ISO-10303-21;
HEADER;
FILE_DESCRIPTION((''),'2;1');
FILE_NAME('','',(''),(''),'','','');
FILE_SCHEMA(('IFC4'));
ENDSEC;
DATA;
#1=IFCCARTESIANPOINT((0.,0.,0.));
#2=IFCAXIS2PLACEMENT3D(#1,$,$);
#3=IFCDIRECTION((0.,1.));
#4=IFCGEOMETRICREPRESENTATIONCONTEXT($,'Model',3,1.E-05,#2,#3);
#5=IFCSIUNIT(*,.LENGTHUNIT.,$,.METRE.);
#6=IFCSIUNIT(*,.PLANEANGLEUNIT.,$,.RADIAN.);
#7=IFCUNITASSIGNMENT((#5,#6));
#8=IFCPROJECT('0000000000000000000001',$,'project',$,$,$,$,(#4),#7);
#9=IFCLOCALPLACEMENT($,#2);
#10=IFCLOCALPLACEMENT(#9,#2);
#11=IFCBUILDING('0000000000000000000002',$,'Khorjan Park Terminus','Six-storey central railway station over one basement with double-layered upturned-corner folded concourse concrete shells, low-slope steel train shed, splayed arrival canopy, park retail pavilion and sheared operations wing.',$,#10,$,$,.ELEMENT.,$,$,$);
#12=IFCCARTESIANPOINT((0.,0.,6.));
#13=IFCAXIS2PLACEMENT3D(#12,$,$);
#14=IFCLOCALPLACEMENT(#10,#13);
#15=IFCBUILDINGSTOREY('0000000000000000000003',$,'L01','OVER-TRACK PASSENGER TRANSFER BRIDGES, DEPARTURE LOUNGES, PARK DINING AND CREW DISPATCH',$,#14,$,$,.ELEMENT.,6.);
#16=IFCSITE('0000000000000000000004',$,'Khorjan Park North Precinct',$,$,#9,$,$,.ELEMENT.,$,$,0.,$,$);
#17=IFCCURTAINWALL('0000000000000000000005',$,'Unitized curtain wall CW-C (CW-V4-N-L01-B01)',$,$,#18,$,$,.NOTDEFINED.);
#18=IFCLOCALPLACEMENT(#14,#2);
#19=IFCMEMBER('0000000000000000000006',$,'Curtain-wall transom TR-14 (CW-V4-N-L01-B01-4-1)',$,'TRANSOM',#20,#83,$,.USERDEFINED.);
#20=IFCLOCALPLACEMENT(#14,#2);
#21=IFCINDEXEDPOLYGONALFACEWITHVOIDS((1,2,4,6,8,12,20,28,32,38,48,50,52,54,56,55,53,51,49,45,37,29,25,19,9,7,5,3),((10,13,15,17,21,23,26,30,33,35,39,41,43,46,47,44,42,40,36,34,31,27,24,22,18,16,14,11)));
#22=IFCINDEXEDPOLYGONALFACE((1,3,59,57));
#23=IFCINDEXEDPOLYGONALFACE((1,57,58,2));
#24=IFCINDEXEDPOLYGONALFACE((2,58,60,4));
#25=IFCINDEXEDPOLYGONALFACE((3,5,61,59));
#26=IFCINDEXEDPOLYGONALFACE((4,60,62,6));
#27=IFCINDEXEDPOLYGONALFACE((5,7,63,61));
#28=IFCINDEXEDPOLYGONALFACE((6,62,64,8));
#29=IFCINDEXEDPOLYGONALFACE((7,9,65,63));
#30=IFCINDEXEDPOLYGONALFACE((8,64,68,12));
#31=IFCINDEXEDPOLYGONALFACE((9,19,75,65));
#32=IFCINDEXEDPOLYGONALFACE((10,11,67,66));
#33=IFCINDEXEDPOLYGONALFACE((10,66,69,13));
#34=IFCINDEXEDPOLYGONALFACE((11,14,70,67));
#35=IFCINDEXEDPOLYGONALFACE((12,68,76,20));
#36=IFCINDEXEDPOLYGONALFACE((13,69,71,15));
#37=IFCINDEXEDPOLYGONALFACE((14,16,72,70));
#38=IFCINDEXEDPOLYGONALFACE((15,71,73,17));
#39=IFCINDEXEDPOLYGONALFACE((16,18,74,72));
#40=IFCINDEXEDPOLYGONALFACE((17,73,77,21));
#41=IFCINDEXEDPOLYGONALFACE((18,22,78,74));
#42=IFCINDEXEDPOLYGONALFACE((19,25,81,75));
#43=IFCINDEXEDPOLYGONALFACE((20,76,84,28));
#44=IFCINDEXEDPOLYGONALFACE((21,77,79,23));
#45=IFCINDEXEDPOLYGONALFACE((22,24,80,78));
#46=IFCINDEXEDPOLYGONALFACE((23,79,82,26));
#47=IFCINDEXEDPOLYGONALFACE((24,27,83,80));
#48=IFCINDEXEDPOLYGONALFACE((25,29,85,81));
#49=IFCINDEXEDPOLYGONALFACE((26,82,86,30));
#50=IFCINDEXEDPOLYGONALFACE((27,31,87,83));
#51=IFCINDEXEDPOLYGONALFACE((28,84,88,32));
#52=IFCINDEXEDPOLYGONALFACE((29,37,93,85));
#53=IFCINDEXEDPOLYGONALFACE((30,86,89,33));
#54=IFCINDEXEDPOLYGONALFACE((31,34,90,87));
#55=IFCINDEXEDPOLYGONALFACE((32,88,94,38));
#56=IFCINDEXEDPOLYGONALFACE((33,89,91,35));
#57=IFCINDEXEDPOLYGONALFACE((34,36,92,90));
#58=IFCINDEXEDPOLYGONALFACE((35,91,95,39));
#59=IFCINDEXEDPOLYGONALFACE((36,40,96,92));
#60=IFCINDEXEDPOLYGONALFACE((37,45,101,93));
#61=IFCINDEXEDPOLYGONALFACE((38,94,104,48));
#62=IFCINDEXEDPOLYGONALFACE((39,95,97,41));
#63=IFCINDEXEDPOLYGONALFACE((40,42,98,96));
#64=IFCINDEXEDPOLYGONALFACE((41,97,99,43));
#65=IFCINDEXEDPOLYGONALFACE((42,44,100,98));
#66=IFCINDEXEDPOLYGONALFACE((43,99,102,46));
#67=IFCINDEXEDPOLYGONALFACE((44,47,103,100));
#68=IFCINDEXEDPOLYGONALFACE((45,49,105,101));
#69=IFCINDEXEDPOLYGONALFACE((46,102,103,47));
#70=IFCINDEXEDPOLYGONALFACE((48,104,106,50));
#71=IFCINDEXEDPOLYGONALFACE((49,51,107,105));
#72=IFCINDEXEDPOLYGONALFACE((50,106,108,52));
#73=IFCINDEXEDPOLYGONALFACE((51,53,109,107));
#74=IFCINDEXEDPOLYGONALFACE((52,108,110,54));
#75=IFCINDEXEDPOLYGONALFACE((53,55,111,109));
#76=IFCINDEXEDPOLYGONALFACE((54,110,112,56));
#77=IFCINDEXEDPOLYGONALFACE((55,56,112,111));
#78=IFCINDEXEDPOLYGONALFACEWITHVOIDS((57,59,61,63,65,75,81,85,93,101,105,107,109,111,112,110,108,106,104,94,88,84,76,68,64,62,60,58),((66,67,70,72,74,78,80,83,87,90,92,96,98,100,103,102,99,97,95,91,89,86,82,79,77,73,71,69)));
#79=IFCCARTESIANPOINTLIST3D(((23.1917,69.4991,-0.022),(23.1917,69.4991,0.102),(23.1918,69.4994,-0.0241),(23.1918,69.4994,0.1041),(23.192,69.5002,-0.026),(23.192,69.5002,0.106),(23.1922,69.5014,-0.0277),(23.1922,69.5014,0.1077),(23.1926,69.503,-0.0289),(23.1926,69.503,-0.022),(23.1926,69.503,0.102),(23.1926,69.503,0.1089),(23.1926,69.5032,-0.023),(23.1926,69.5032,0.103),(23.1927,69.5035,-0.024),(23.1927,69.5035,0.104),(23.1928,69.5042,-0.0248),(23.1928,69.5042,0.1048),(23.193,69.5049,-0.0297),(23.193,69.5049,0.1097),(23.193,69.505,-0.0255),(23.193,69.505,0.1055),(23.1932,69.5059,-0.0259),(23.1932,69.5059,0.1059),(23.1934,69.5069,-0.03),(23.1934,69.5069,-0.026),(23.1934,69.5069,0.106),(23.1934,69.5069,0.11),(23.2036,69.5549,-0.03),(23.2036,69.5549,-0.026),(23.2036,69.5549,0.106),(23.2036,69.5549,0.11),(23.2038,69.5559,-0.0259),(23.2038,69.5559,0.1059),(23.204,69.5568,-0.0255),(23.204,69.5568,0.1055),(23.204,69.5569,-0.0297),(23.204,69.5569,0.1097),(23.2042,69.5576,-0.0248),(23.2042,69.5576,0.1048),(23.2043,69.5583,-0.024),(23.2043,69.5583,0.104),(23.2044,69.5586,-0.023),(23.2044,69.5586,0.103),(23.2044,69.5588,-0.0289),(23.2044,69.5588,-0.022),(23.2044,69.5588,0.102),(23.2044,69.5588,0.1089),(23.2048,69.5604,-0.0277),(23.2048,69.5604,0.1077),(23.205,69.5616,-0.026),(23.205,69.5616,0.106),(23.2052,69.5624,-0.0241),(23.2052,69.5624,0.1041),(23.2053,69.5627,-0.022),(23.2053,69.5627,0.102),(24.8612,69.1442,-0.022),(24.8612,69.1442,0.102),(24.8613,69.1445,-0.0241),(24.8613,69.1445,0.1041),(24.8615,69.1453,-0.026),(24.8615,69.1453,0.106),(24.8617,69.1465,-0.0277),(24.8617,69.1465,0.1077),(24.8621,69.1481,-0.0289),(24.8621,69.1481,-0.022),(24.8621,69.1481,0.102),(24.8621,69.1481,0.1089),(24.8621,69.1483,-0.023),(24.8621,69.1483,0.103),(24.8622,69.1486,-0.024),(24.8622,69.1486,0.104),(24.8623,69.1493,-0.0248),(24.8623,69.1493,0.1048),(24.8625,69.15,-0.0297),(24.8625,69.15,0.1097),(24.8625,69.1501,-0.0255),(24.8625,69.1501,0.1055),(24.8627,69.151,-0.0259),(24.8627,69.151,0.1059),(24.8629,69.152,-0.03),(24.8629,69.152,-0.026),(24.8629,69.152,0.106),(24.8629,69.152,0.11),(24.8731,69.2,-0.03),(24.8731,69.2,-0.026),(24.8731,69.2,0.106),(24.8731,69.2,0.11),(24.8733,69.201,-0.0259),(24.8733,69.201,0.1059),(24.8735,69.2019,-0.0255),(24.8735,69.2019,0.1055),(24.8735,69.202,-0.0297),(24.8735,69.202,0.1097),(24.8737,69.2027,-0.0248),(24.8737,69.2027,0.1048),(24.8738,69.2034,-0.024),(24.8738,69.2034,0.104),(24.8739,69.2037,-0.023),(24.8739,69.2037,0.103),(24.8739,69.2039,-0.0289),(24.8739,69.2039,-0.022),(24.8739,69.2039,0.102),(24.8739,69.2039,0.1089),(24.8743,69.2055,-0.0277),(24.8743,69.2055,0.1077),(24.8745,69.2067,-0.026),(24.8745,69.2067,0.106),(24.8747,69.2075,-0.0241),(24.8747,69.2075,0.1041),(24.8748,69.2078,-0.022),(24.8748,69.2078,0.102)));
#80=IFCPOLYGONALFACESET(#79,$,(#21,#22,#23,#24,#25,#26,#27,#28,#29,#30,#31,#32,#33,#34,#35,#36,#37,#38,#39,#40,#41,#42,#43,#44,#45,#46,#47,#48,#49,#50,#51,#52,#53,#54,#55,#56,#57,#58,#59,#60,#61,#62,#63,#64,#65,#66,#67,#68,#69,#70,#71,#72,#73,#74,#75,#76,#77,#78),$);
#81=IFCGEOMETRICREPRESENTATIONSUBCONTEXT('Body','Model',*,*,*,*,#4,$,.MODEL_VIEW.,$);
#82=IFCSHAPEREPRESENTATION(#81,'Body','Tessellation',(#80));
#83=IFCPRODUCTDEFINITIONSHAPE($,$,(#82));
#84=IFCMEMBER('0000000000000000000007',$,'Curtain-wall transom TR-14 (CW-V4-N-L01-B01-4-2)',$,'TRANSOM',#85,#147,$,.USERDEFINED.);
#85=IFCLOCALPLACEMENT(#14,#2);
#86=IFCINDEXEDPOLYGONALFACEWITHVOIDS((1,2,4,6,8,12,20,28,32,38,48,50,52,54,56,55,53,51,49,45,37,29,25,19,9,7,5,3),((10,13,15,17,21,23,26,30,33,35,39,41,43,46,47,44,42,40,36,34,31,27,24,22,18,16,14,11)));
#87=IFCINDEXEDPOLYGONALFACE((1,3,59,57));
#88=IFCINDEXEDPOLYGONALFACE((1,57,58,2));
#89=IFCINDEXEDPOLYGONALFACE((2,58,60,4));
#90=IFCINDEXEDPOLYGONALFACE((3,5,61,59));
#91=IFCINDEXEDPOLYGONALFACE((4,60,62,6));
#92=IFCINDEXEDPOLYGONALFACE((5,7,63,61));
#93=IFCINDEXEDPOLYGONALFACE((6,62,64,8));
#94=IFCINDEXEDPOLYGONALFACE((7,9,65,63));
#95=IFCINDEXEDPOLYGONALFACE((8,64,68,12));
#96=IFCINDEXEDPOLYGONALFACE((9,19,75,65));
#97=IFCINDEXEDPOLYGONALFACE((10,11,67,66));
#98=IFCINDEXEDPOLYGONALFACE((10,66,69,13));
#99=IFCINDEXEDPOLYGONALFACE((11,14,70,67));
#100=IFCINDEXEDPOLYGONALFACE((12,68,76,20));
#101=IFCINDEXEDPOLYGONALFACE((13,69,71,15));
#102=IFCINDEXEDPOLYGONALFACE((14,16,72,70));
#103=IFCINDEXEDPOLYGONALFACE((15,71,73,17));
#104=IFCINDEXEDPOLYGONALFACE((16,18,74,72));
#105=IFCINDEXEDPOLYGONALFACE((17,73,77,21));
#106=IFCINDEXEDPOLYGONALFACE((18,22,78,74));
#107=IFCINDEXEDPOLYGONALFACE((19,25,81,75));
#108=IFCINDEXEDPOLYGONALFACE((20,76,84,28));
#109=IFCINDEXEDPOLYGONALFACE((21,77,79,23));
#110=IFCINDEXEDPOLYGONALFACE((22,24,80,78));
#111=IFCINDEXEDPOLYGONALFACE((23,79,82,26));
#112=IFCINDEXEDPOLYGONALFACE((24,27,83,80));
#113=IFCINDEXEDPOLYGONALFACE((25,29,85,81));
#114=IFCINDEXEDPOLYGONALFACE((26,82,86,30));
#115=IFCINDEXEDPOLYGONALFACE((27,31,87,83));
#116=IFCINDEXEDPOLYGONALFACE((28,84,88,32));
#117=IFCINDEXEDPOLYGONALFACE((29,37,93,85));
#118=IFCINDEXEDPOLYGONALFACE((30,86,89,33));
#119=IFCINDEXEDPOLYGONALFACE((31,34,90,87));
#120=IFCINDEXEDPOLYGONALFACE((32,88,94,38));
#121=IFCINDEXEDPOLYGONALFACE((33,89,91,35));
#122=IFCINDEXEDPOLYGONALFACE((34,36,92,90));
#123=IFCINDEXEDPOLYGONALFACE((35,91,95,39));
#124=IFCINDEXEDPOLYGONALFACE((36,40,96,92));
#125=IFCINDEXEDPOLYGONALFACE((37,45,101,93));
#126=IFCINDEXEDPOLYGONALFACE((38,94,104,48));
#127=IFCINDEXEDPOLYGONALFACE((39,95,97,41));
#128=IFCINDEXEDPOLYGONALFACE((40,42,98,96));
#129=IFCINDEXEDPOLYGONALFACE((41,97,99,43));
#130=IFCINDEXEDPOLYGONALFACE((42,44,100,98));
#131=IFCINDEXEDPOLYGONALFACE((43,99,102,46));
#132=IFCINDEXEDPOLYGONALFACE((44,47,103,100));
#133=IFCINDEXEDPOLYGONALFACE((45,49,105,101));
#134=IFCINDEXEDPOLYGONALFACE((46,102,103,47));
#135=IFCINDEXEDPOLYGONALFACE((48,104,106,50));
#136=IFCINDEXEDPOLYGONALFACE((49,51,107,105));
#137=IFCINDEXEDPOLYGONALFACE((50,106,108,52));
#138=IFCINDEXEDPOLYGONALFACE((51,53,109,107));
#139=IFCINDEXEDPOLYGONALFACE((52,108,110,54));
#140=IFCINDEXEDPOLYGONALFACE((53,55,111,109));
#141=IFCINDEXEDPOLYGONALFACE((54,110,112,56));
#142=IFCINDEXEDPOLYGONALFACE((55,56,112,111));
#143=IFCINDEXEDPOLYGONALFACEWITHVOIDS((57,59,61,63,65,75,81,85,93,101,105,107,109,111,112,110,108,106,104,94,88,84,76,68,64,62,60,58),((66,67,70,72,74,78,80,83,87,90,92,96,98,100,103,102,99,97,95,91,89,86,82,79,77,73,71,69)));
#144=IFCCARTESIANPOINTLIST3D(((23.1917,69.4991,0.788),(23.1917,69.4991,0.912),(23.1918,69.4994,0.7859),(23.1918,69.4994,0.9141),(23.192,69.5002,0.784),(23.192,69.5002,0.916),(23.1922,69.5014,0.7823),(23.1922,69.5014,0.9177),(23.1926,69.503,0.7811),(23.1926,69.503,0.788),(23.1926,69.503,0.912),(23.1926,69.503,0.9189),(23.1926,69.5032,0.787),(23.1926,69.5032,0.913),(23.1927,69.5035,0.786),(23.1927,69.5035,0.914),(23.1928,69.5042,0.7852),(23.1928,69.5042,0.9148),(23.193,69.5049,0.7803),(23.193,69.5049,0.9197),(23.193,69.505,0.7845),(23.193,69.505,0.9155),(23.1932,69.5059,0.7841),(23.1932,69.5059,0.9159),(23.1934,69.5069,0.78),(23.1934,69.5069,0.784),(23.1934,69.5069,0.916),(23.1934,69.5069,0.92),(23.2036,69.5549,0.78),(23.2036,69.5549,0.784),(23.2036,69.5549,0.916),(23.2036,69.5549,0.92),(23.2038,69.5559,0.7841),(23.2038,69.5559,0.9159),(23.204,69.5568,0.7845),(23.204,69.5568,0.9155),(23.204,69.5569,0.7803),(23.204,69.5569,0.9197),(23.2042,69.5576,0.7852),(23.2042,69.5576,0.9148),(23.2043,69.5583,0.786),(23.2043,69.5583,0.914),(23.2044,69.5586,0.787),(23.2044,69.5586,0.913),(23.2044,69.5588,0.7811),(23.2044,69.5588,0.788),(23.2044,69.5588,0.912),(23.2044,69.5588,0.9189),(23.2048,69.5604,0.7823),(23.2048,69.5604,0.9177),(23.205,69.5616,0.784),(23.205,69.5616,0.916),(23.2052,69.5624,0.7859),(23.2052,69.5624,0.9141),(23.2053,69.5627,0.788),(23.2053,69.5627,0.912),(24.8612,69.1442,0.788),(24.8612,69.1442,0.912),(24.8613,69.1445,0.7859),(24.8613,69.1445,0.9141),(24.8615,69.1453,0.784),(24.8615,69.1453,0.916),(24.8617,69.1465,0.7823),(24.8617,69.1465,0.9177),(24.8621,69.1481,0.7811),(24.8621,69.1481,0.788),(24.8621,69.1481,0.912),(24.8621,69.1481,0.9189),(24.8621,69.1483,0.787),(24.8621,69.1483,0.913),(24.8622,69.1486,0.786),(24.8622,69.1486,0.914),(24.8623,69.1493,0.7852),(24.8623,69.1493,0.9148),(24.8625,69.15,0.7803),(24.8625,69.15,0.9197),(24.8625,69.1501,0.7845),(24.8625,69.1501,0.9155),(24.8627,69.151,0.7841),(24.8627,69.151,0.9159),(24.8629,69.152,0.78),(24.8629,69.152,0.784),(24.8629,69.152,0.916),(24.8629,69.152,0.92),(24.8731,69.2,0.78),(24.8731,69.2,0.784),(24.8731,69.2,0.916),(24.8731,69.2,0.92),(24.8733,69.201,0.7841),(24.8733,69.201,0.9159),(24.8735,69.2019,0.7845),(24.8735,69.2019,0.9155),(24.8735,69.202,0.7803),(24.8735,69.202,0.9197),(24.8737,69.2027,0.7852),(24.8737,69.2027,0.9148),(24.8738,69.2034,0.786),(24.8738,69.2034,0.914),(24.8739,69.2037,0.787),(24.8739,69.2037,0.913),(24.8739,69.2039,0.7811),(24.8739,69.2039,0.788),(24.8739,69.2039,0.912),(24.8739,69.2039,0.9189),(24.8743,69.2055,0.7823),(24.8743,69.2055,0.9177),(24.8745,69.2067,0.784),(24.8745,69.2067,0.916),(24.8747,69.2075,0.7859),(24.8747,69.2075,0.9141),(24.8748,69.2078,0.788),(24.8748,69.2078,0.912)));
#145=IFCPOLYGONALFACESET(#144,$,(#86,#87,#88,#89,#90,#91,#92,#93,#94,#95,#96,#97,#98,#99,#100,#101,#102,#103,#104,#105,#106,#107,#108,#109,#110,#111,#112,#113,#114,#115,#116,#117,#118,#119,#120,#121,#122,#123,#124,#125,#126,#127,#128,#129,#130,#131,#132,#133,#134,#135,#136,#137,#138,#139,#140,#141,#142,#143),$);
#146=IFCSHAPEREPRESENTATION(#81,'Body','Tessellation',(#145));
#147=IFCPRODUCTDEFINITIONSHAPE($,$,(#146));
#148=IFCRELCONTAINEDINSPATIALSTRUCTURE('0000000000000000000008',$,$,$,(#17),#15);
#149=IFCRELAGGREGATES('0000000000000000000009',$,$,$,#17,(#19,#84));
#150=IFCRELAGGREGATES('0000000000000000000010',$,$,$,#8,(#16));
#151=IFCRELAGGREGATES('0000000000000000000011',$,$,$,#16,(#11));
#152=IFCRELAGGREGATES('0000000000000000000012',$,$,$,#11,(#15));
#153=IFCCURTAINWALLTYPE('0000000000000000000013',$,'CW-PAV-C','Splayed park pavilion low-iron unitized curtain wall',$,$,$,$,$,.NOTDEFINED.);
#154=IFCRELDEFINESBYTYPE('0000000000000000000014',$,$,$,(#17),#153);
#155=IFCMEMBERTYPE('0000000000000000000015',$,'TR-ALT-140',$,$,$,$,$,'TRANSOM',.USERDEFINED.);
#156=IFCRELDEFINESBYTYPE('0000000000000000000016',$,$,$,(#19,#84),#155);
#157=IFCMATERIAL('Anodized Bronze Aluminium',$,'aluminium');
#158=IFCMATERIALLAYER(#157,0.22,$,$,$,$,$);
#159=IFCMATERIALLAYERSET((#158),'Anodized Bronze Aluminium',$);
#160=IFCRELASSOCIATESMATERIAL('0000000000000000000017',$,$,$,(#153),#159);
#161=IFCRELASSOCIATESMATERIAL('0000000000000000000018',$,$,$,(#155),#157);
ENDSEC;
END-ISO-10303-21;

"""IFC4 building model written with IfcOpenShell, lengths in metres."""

from ifc_helpers import new_model, si_unit, direction, frame, origin, origin_2d, place, context, subcontext, project, spatial, hollow_rectangle, extrude, material, layer, layer_set, material_profile, profile_set, type_object, element, aggregate, save


model = new_model("IFC4")

# Units and contexts
model_context = context("Model", 3, precision=1e-05, world=origin(), true_north=direction((0.0, 1.0)))
body_context = subcontext(model_context, "Body", "Model", "MODEL_VIEW")
ifc_project = project(units=[si_unit("LENGTHUNIT", "METRE"), si_unit("PLANEANGLEUNIT", "RADIAN")], contexts=[model_context])

# Site, building, storey
site_placement = place(None, origin())
site = spatial("IfcSite", under=ifc_project, at=site_placement, Name="Khorjan Park North Precinct", CompositionType="ELEMENT", RefElevation=0.0)
building_placement = place(site_placement, origin())
building = spatial("IfcBuilding", under=site, at=building_placement, Name="Khorjan Park Terminus", Description="Six-storey central railway station over one basement with double-layered upturned-corner folded concourse concrete shells, low-slope steel train shed, splayed arrival canopy, park retail pavilion and sheared operations wing.", CompositionType="ELEMENT")
storey_placement = place(building_placement, frame((0.0, 0.0, 6.0)))
storey = spatial("IfcBuildingStorey", under=building, at=storey_placement, Name="L01", Description="OVER-TRACK PASSENGER TRANSFER BRIDGES, DEPARTURE LOUNGES, PARK DINING AND CREW DISPATCH", CompositionType="ELEMENT", Elevation=6.0)

# Curtain wall, members
ifc_material_1 = material(Name="Anodized Bronze Aluminium", Category="aluminium")
ifc_layer_1 = layer(ifc_material_1, 0.22)
ifc_layer_set_1 = layer_set([ifc_layer_1], Name="Anodized Bronze Aluminium")
curtain_wall_type = type_object("IfcCurtainWallType", Name="CW-PAV-C", Description="Splayed park pavilion low-iron unitized curtain wall", PredefinedType="NOTDEFINED", material=ifc_layer_set_1)
curtain_wall_placement = place(storey_placement, origin())
curtain_wall = element("IfcCurtainWall", 1, at=curtain_wall_placement, inside=storey, type_object=curtain_wall_type, Name="Unitized curtain wall CW-C (CW-V4-N-L01-B01)", PredefinedType="NOTDEFINED")
ifc_material_profile_1 = material_profile(ifc_material_1, hollow_rectangle(XDim=0.065, YDim=0.14, WallThickness=0.004, InnerFilletRadius=0.004, OuterFilletRadius=0.008, at=origin_2d()), Name="ALT 65x140x4")
ifc_profile_set_1 = profile_set([ifc_material_profile_1], Name="Anodized Bronze Aluminium")
member_type_1 = type_object("IfcMemberType", Name="TR-ALT-140", ElementType="TRANSOM", PredefinedType="USERDEFINED", material=ifc_profile_set_1)
member_1_placement = place(storey_placement, frame((24.868, 69.176, 0.04), z_axis=(-0.978143, 0.207932, 0.0), x_axis=(-0.207932, -0.978143, 0.0)))
member_1 = element("IfcMember", 2, at=member_1_placement, type_object=member_type_1, Name="Curtain-wall transom TR-14 (CW-V4-N-L01-B01-4-1)", ObjectType="TRANSOM", PredefinedType="USERDEFINED", context=body_context, shape_type="SweptSolid", body=[
    extrude(hollow_rectangle(XDim=0.065, YDim=0.14, WallThickness=0.004, InnerFilletRadius=0.004, OuterFilletRadius=0.008, at=origin_2d()), origin(), (0.0, 0.0, 1.0), 1.7068),
])
member_2_placement = place(storey_placement, frame((24.868, 69.176, 0.85), z_axis=(-0.978143, 0.207932, 0.0), x_axis=(-0.207932, -0.978143, 0.0)))
member_2 = element("IfcMember", 3, at=member_2_placement, type_object=member_type_1, Name="Curtain-wall transom TR-14 (CW-V4-N-L01-B01-4-2)", ObjectType="TRANSOM", PredefinedType="USERDEFINED", context=body_context, shape_type="SweptSolid", body=[
    extrude(hollow_rectangle(XDim=0.065, YDim=0.14, WallThickness=0.004, InnerFilletRadius=0.004, OuterFilletRadius=0.008, at=origin_2d()), origin(), (0.0, 0.0, 1.0), 1.7068),
])
aggregate(curtain_wall, [member_1, member_2])

save(model, "model.ifc")
